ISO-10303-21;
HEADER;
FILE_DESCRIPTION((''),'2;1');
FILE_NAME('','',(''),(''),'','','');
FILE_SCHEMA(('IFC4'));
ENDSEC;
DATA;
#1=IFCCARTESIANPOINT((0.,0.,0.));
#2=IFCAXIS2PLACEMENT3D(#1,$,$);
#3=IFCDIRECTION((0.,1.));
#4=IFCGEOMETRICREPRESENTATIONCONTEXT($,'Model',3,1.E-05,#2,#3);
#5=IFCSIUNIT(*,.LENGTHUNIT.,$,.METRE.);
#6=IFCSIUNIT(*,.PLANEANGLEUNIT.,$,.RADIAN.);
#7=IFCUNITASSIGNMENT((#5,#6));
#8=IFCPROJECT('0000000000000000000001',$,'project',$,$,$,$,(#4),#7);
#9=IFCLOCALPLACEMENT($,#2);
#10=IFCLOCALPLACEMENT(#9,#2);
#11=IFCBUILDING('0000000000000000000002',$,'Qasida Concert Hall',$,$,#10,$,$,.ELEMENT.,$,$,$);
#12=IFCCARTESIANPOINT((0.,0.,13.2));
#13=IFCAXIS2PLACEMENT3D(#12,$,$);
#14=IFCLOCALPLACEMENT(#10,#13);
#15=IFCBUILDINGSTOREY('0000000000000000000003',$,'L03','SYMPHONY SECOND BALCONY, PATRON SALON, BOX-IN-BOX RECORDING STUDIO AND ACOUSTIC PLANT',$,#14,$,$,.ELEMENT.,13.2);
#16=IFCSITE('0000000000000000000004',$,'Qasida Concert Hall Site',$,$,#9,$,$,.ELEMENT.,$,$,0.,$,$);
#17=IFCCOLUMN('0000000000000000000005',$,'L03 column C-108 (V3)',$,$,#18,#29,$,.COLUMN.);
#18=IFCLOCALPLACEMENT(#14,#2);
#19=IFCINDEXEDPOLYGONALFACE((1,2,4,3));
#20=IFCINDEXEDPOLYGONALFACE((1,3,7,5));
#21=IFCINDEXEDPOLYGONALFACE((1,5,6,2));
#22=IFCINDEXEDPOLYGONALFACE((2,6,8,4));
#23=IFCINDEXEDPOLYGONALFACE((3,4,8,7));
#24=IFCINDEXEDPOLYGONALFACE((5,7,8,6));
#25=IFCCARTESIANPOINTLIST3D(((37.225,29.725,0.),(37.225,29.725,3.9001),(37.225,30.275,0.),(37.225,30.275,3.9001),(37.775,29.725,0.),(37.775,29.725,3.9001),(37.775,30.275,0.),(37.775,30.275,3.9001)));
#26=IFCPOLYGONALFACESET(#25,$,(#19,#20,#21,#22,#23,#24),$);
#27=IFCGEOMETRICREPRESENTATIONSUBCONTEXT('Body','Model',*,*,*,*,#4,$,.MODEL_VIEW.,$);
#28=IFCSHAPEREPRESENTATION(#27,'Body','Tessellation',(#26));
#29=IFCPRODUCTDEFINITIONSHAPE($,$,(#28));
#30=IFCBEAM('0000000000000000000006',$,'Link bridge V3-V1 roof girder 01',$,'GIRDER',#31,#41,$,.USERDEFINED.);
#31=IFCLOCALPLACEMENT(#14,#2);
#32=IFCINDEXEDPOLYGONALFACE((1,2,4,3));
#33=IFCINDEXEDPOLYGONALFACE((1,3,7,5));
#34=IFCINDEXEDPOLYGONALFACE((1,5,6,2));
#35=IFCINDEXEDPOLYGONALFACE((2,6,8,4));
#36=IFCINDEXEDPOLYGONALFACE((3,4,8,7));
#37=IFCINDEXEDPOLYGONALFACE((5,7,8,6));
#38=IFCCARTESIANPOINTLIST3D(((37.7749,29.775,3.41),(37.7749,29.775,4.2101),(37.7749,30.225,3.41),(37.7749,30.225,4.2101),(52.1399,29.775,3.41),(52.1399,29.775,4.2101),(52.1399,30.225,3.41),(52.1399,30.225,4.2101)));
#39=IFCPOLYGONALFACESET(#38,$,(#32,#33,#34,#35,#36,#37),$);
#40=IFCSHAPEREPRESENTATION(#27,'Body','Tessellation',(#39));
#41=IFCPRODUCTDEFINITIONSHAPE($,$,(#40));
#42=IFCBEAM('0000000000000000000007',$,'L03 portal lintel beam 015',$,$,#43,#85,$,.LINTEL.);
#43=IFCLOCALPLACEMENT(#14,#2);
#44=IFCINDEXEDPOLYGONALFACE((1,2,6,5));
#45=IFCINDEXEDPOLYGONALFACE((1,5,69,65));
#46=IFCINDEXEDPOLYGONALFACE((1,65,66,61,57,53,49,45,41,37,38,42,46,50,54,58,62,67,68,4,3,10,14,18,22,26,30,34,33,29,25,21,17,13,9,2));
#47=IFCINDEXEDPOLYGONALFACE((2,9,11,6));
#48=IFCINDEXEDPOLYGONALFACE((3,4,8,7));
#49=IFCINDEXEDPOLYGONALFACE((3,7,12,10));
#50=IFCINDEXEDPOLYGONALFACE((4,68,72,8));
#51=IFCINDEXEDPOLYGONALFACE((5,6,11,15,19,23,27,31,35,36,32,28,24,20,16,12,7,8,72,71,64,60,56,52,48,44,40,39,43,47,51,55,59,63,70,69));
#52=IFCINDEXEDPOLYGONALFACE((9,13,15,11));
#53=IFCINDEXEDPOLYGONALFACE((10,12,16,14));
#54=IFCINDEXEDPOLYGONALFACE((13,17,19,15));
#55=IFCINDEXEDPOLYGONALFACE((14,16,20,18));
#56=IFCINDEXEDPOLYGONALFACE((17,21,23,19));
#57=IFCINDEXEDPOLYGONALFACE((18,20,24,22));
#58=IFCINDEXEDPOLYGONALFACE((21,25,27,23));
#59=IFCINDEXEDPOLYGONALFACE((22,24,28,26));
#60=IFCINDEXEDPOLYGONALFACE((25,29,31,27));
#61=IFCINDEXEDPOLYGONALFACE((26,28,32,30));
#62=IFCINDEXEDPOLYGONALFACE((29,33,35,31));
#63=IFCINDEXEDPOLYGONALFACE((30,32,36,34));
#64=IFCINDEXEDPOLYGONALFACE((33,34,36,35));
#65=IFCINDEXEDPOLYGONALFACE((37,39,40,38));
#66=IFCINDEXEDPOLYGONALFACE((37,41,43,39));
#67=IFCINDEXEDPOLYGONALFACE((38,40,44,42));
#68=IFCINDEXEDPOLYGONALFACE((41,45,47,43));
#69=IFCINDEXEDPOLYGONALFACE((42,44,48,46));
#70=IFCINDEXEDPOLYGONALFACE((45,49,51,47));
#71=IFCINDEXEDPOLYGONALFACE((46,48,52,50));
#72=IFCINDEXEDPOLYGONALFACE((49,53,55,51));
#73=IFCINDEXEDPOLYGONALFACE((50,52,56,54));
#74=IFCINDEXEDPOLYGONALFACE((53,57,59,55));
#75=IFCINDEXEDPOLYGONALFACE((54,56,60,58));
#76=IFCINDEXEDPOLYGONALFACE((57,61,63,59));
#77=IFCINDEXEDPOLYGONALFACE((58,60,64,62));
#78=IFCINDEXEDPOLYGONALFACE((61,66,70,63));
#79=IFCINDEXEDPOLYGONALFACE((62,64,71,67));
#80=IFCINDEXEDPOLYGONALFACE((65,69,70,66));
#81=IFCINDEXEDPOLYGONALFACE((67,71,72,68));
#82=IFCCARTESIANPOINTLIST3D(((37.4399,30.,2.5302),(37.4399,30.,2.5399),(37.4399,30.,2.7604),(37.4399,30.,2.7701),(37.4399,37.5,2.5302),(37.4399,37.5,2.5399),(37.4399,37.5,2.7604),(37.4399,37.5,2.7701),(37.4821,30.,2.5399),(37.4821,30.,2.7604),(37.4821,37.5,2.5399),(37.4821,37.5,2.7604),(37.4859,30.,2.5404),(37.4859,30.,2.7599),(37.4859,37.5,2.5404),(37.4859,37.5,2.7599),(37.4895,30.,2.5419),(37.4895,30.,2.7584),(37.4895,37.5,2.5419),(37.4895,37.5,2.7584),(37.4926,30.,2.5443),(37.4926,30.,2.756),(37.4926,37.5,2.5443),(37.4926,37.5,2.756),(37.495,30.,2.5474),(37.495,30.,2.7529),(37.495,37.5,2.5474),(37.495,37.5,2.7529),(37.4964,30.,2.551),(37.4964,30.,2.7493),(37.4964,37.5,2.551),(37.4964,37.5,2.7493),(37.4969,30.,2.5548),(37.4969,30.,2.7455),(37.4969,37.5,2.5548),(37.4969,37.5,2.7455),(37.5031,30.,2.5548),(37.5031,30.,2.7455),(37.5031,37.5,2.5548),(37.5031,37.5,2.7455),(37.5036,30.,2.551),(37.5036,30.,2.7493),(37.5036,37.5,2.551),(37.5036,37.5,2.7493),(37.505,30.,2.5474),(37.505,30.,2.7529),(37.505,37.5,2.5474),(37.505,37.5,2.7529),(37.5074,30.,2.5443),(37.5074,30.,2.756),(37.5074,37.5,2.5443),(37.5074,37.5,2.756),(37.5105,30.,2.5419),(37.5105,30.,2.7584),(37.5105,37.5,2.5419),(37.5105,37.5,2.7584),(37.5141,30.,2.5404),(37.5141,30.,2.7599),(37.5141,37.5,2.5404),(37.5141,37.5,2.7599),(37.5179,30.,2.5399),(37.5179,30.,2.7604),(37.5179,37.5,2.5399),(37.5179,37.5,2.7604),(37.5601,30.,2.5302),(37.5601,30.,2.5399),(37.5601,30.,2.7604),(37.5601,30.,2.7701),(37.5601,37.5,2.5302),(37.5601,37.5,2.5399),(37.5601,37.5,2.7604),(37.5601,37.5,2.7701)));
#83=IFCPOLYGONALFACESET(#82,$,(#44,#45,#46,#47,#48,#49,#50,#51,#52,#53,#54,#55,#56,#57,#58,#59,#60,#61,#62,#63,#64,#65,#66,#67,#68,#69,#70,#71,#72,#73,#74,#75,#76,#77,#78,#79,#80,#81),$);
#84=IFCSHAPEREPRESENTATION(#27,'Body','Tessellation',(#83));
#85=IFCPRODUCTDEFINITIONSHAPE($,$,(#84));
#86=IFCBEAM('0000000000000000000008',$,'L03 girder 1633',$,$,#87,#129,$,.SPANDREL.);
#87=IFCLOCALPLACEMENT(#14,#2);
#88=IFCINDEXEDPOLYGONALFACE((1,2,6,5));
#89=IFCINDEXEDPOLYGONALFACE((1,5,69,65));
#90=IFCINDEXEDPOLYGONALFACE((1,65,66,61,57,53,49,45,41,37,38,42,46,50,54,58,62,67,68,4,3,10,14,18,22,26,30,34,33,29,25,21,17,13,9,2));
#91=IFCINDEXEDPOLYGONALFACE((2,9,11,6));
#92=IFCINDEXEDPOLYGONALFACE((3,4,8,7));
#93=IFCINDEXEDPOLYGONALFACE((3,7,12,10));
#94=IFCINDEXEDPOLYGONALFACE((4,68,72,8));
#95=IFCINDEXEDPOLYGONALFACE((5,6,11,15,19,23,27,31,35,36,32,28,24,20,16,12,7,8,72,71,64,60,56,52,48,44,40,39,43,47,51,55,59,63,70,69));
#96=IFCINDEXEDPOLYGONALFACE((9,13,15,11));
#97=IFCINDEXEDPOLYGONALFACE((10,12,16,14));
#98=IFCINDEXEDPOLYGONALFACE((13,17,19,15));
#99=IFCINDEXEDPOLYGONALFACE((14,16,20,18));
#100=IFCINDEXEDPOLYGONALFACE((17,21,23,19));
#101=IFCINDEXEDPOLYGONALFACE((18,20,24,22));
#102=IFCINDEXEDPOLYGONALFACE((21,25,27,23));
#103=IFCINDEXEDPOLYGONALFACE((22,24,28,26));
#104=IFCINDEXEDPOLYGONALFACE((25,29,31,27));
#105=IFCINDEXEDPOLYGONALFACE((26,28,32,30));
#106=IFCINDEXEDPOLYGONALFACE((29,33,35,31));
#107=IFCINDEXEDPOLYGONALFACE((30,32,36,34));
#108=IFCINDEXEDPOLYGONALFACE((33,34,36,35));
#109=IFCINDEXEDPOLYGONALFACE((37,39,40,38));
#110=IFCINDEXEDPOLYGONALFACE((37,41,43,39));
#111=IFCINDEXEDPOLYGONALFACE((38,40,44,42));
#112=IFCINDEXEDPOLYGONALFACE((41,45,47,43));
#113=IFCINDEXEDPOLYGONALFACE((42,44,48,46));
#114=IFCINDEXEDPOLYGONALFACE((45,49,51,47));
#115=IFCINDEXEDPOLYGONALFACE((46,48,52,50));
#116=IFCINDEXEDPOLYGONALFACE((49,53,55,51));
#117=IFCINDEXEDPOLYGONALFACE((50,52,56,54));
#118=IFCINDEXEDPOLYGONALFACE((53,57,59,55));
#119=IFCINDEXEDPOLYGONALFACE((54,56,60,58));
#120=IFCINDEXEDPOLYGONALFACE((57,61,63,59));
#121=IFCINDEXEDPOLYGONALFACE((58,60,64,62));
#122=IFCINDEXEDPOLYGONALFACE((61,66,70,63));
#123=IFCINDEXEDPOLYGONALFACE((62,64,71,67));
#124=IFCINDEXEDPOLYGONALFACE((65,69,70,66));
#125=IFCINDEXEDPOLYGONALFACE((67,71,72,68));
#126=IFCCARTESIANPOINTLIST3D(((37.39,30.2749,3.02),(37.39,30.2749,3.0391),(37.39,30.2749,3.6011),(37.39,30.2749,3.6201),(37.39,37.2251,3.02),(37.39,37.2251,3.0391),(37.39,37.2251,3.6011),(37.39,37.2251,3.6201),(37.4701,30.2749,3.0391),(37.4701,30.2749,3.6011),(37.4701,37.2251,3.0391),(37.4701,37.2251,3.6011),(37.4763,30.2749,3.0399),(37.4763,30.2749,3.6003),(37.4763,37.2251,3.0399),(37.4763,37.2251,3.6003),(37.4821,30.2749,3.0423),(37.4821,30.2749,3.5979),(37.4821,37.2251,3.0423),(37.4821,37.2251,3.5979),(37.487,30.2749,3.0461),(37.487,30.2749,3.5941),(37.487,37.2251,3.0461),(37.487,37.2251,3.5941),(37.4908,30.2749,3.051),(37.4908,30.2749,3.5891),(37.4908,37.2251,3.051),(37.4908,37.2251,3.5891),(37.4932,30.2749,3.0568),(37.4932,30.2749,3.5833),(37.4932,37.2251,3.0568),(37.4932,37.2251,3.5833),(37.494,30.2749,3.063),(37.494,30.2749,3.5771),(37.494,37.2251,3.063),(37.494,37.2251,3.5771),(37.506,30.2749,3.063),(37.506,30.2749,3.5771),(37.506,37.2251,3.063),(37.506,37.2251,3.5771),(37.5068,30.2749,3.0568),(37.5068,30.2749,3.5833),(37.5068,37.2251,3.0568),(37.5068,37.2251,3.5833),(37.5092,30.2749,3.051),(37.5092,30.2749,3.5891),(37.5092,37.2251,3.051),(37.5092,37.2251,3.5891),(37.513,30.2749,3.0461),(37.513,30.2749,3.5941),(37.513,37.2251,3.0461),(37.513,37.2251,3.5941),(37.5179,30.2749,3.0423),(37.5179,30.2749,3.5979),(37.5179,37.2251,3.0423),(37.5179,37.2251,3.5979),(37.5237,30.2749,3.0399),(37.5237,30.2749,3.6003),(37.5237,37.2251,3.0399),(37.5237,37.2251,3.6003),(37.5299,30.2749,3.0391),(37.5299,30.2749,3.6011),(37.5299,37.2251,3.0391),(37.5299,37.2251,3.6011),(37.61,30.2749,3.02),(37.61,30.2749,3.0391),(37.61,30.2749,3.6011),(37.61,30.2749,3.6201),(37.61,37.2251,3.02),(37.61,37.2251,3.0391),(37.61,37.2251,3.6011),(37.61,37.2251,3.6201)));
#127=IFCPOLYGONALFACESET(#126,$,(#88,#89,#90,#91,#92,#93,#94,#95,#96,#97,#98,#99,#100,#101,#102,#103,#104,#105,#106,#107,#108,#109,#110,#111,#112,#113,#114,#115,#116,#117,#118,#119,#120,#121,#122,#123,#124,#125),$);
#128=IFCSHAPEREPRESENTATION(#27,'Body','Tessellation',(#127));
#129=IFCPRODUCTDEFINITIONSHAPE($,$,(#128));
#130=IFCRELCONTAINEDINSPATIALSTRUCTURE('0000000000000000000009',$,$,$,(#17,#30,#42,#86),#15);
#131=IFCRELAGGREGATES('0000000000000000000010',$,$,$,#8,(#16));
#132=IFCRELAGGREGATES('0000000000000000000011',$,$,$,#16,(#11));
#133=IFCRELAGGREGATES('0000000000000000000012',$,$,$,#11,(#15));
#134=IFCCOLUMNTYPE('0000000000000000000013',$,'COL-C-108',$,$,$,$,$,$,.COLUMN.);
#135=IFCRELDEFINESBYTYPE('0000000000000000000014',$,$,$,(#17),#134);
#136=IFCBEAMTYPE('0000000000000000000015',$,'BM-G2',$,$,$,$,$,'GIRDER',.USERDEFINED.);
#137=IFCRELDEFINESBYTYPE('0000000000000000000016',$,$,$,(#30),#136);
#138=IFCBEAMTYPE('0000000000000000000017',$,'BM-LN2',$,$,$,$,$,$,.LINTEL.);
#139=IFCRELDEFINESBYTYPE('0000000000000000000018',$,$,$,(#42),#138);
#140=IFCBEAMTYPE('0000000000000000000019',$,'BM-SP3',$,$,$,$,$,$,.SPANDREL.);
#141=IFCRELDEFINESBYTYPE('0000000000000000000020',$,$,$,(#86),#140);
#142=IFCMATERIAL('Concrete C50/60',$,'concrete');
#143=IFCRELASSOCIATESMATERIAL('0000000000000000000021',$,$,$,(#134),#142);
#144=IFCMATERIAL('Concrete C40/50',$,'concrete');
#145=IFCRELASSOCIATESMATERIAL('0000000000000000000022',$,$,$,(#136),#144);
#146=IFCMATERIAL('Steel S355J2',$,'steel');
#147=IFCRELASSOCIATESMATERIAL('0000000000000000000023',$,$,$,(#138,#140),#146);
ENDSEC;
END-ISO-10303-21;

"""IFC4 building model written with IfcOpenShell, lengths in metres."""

from ifc_helpers import new_model, si_unit, direction, frame, origin, origin_2d, place, context, subcontext, project, spatial, rectangle, i_section, extrude, material, material_profile, profile_set, type_object, element, save


model = new_model("IFC4")

# Units and contexts
model_context = context("Model", 3, precision=1e-05, world=origin(), true_north=direction((0.0, 1.0)))
body_context = subcontext(model_context, "Body", "Model", "MODEL_VIEW")
ifc_project = project(units=[si_unit("LENGTHUNIT", "METRE"), si_unit("PLANEANGLEUNIT", "RADIAN")], contexts=[model_context])

# Site, building, storey
site_placement = place(None, origin())
site = spatial("IfcSite", under=ifc_project, at=site_placement, Name="Qasida Concert Hall Site", CompositionType="ELEMENT", RefElevation=0.0)
building_placement = place(site_placement, origin())
building = spatial("IfcBuilding", under=site, at=building_placement, Name="Qasida Concert Hall", CompositionType="ELEMENT")
storey_placement = place(building_placement, frame((0.0, 0.0, 13.2)))
storey = spatial("IfcBuildingStorey", under=building, at=storey_placement, Name="L03", Description="SYMPHONY SECOND BALCONY, PATRON SALON, BOX-IN-BOX RECORDING STUDIO AND ACOUSTIC PLANT", CompositionType="ELEMENT", Elevation=13.2)

# Column
ifc_material_1 = material(Name="Concrete C50/60", Category="concrete")
ifc_material_profile_1 = material_profile(ifc_material_1, rectangle(XDim=0.55, YDim=0.55, at=origin_2d()), Name="RC 550x550")
ifc_profile_set_1 = profile_set([ifc_material_profile_1], Name="Concrete C50/60")
column_type = type_object("IfcColumnType", Name="COL-C-108", PredefinedType="COLUMN", material=ifc_profile_set_1)
column_placement = place(storey_placement, frame((37.5, 30.0, 0.0), z_axis=(0.0, 0.0, 1.0), x_axis=(1.0, 0.0, 0.0)))
element("IfcColumn", 1, at=column_placement, inside=storey, type_object=column_type, Name="L03 column C-108 (V3)", PredefinedType="COLUMN", context=body_context, shape_type="SweptSolid", body=[
    extrude(rectangle(XDim=0.55, YDim=0.55, at=origin_2d()), origin(), (0.0, 0.0, 1.0), 3.9001),
])

# Beams
ifc_material_2 = material(Name="Concrete C40/50", Category="concrete")
ifc_material_profile_2 = material_profile(ifc_material_2, rectangle(XDim=0.45, YDim=0.8, at=origin_2d()), Name="RC 450x800")
ifc_profile_set_2 = profile_set([ifc_material_profile_2], Name="Concrete C40/50")
beam_type_1 = type_object("IfcBeamType", Name="BM-G2", ElementType="GIRDER", PredefinedType="USERDEFINED", material=ifc_profile_set_2)
beam_1_placement = place(storey_placement, frame((37.7749, 30.0, 3.8101), z_axis=(1.0, 0.0, 0.0), x_axis=(0.0, 1.0, 0.0)))
element("IfcBeam", 2, at=beam_1_placement, inside=storey, type_object=beam_type_1, Name="Link bridge V3-V1 roof girder 01", ObjectType="GIRDER", PredefinedType="USERDEFINED", context=body_context, shape_type="SweptSolid", body=[
    extrude(rectangle(XDim=0.45, YDim=0.8, at=origin_2d()), origin(), (0.0, 0.0, 1.0), 14.365),
])
ifc_material_3 = material(Name="Steel S355J2", Category="steel")
ifc_material_profile_3 = material_profile(ifc_material_3, i_section(OverallWidth=0.1201, OverallDepth=0.24, WebThickness=0.0061, FlangeThickness=0.0098, FilletRadius=0.0149, at=origin_2d()), Name="IPE 240")
ifc_profile_set_3 = profile_set([ifc_material_profile_3], Name="Steel S355J2")
beam_type_2 = type_object("IfcBeamType", Name="BM-LN2", PredefinedType="LINTEL", material=ifc_profile_set_3)
beam_2_placement = place(storey_placement, frame((37.5, 30.0, 2.6501), z_axis=(0.0, 1.0, 0.0), x_axis=(-1.0, 0.0, 0.0)))
element("IfcBeam", 3, at=beam_2_placement, inside=storey, type_object=beam_type_2, Name="L03 portal lintel beam 015", PredefinedType="LINTEL", context=body_context, shape_type="SweptSolid", body=[
    extrude(i_section(OverallWidth=0.1201, OverallDepth=0.24, WebThickness=0.0061, FlangeThickness=0.0098, FilletRadius=0.0149, at=origin_2d()), origin(), (0.0, 0.0, 1.0), 7.5),
])
ifc_material_profile_4 = material_profile(ifc_material_3, i_section(OverallWidth=0.22, OverallDepth=0.6001, WebThickness=0.012, FlangeThickness=0.019, FilletRadius=0.0239, at=origin_2d()), Name="IPE 600")
ifc_profile_set_4 = profile_set([ifc_material_profile_4], Name="Steel S355J2")
beam_type_3 = type_object("IfcBeamType", Name="BM-SP3", PredefinedType="SPANDREL", material=ifc_profile_set_4)
beam_3_placement = place(storey_placement, frame((37.5, 30.2749, 3.3201), z_axis=(0.0, 1.0, 0.0), x_axis=(-1.0, 0.0, 0.0)))
element("IfcBeam", 4, at=beam_3_placement, inside=storey, type_object=beam_type_3, Name="L03 girder 1633", PredefinedType="SPANDREL", context=body_context, shape_type="SweptSolid", body=[
    extrude(i_section(OverallWidth=0.22, OverallDepth=0.6001, WebThickness=0.012, FlangeThickness=0.019, FilletRadius=0.0239, at=origin_2d()), origin(), (0.0, 0.0, 1.0), 6.9502),
])

save(model, "model.ifc")
